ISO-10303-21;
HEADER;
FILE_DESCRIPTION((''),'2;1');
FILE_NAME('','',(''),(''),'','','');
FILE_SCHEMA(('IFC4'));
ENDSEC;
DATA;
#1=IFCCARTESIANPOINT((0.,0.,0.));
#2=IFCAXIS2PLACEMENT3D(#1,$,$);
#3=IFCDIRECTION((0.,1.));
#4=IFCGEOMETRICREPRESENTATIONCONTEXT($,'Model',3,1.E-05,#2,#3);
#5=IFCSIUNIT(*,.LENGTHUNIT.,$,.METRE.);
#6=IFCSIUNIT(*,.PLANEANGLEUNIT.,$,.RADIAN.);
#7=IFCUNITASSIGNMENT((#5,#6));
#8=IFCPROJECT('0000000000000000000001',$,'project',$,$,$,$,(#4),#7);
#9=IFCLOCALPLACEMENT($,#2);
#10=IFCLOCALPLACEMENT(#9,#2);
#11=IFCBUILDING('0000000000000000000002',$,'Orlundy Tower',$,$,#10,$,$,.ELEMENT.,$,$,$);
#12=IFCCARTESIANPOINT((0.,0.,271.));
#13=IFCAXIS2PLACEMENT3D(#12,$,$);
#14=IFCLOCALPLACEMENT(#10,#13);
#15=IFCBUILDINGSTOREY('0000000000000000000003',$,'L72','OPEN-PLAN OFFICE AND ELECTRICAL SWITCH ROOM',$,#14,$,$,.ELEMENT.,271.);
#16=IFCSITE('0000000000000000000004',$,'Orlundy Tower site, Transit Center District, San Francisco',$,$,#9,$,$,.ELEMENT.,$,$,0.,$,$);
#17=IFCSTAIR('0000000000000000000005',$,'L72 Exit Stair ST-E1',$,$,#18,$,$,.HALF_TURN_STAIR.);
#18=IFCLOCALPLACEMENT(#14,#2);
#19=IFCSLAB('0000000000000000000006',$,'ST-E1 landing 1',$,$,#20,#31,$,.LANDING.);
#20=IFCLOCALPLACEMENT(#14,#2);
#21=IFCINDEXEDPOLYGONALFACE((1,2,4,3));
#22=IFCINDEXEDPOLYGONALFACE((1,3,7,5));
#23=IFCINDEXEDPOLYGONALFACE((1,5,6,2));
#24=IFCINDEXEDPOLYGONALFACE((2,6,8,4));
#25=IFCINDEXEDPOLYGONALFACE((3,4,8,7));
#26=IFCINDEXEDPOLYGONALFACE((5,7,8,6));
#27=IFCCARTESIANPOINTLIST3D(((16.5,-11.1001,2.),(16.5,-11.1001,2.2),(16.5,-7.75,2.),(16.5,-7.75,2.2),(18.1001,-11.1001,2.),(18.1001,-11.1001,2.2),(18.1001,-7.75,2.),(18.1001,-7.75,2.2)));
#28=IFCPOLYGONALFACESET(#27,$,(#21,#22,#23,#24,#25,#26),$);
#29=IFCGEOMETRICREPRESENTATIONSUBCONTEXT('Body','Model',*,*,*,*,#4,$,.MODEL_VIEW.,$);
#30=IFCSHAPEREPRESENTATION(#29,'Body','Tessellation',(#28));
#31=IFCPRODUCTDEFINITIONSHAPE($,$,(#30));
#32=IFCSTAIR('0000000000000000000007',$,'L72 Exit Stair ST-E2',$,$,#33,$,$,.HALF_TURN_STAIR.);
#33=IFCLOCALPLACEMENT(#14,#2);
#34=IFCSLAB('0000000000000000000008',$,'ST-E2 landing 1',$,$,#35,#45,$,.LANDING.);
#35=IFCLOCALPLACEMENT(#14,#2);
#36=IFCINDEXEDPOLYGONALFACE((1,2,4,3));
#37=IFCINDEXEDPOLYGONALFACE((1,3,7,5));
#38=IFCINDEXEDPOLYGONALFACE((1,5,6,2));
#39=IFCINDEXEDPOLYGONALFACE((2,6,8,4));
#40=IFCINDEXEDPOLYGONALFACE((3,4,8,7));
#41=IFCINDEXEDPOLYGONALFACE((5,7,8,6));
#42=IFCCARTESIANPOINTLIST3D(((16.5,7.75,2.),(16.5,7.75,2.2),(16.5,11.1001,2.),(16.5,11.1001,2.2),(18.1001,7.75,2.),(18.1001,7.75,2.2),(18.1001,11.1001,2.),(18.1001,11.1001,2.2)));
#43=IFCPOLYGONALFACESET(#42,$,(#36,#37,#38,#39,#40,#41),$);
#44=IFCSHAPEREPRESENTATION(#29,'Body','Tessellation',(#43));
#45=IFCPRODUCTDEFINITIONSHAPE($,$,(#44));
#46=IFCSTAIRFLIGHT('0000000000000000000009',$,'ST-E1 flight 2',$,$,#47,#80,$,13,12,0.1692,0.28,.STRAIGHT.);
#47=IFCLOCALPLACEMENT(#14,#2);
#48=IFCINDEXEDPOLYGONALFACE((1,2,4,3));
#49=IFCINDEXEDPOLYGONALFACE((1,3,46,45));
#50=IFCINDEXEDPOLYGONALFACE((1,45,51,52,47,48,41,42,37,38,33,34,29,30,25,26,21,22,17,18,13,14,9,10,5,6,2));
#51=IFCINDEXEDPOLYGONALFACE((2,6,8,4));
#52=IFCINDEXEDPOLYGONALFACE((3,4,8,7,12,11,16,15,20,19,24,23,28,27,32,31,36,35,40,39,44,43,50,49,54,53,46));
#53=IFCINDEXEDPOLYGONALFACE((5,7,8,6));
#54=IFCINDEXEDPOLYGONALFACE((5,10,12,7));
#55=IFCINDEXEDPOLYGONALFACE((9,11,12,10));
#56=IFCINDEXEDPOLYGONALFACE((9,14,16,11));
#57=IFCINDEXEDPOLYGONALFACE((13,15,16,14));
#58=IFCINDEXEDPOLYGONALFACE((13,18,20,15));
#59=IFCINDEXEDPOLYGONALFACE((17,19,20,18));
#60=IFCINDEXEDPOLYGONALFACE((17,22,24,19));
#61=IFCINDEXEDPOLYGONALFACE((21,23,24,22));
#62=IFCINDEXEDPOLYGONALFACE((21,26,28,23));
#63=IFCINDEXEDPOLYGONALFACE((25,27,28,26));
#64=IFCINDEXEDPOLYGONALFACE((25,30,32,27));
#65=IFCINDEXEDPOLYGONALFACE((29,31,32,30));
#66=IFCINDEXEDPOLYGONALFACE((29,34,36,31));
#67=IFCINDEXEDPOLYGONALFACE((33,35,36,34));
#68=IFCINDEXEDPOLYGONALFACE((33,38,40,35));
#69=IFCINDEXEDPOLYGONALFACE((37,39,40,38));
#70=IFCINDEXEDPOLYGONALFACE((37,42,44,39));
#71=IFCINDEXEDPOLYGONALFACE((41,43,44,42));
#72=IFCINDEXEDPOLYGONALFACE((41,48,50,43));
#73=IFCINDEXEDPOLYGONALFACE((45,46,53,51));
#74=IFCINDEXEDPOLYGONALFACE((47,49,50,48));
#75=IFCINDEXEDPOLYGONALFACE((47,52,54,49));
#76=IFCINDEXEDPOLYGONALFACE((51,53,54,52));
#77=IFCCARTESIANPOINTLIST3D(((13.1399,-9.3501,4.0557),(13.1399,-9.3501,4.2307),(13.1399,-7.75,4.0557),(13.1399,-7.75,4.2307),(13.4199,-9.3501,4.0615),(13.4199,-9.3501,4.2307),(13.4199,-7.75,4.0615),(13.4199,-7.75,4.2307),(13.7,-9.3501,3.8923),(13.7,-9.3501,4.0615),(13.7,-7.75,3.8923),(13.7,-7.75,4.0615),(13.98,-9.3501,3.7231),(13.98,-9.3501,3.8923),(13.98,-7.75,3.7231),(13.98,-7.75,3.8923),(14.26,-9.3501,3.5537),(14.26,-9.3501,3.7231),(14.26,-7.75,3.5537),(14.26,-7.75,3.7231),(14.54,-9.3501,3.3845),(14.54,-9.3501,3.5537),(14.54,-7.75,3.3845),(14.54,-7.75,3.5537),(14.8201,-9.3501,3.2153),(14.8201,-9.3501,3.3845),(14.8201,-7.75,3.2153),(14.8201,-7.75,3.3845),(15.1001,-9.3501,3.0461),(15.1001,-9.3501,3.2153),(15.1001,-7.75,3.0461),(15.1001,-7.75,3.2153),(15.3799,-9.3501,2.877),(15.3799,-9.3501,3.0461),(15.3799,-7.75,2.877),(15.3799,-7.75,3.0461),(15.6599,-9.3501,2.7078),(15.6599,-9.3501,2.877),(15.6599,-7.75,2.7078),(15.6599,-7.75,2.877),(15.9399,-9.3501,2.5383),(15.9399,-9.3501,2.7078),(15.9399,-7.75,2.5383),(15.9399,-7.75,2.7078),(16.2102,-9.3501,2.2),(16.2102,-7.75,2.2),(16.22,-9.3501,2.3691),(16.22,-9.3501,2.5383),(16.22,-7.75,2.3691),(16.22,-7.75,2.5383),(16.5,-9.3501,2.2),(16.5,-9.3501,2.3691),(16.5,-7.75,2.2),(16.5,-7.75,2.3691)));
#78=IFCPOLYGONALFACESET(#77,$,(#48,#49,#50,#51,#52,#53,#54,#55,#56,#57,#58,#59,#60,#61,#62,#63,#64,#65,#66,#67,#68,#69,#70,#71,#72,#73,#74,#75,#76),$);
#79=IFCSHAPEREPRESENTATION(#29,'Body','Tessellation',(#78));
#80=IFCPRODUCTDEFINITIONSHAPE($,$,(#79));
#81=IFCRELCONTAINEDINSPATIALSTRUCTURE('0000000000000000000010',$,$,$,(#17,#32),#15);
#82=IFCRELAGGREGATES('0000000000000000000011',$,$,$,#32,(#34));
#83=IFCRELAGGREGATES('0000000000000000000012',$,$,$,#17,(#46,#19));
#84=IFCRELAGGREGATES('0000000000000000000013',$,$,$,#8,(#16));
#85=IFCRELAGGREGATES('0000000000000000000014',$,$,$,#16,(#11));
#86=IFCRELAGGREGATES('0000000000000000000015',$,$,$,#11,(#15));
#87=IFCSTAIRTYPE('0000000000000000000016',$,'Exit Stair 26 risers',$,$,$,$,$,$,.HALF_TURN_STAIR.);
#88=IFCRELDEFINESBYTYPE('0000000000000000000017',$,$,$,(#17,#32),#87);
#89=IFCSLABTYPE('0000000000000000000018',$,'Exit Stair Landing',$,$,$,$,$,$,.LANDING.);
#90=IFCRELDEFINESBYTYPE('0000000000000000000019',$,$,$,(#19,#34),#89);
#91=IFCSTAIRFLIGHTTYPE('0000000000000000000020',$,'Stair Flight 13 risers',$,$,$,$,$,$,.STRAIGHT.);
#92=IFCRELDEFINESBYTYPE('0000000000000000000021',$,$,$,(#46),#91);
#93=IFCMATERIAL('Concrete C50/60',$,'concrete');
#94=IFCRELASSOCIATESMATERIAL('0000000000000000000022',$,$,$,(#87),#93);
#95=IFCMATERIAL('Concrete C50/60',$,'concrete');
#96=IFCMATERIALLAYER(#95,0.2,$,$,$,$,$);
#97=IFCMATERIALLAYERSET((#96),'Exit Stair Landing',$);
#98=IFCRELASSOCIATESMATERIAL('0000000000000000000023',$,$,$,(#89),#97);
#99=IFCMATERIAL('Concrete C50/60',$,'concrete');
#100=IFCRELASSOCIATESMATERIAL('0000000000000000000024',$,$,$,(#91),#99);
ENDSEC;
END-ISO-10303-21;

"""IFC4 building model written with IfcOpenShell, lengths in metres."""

from ifc_helpers import new_model, si_unit, direction, frame, origin, place, context, subcontext, project, spatial, polyline, outline, extrude, material, layer, layer_set, type_object, element, aggregate, save


model = new_model("IFC4")

# Units and contexts
model_context = context("Model", 3, precision=1e-05, world=origin(), true_north=direction((0.0, 1.0)))
body_context = subcontext(model_context, "Body", "Model", "MODEL_VIEW")
ifc_project = project(units=[si_unit("LENGTHUNIT", "METRE"), si_unit("PLANEANGLEUNIT", "RADIAN")], contexts=[model_context])

# Site, building, storey
site_placement = place(None, origin())
site = spatial("IfcSite", under=ifc_project, at=site_placement, Name="Orlundy Tower site, Transit Center District, San Francisco", CompositionType="ELEMENT", RefElevation=0.0)
building_placement = place(site_placement, origin())
building = spatial("IfcBuilding", under=site, at=building_placement, Name="Orlundy Tower", CompositionType="ELEMENT")
storey_placement = place(building_placement, frame((0.0, 0.0, 271.0)))
storey = spatial("IfcBuildingStorey", under=building, at=storey_placement, Name="L72", Description="OPEN-PLAN OFFICE AND ELECTRICAL SWITCH ROOM", CompositionType="ELEMENT", Elevation=271.0)

# Stairs, slabs
ifc_material_1 = material(Name="Concrete C50/60", Category="concrete")
stair_type = type_object("IfcStairType", Name="Exit Stair 26 risers", PredefinedType="HALF_TURN_STAIR", material=ifc_material_1)
ifc_material_2 = material(Name="Concrete C50/60", Category="concrete")
ifc_layer = layer(ifc_material_2, 0.2)
ifc_layer_set = layer_set([ifc_layer], Name="Exit Stair Landing")
slab_type = type_object("IfcSlabType", Name="Exit Stair Landing", PredefinedType="LANDING", material=ifc_layer_set)
stair_1_placement = place(storey_placement, origin())
stair_1 = element("IfcStair", 1, at=stair_1_placement, inside=storey, type_object=stair_type, Name="L72 Exit Stair ST-E1", PredefinedType="HALF_TURN_STAIR")
slab_1_placement = place(storey_placement, frame((0.0, 0.0, 2.0)))
slab_1 = element("IfcSlab", 2, at=slab_1_placement, type_object=slab_type, Name="ST-E1 landing 1", PredefinedType="LANDING", context=body_context, shape_type="SweptSolid", body=[
    extrude(outline(polyline([(16.5, -11.1001), (18.1001, -11.1001), (18.1001, -7.75), (16.5, -7.75), (16.5, -11.1001)])), origin(), (0.0, 0.0, 1.0), 0.2),
])
stair_2_placement = place(storey_placement, origin())
stair_2 = element("IfcStair", 3, at=stair_2_placement, inside=storey, type_object=stair_type, Name="L72 Exit Stair ST-E2", PredefinedType="HALF_TURN_STAIR")
slab_2_placement = place(storey_placement, frame((0.0, 0.0, 2.0)))
slab_2 = element("IfcSlab", 4, at=slab_2_placement, type_object=slab_type, Name="ST-E2 landing 1", PredefinedType="LANDING", context=body_context, shape_type="SweptSolid", body=[
    extrude(outline(polyline([(16.5, 7.75), (18.1001, 7.75), (18.1001, 11.1001), (16.5, 11.1001), (16.5, 7.75)])), origin(), (0.0, 0.0, 1.0), 0.2),
])
aggregate(stair_2, [slab_2])

# Stair flight
ifc_material_3 = material(Name="Concrete C50/60", Category="concrete")
stair_flight_type = type_object("IfcStairFlightType", Name="Stair Flight 13 risers", PredefinedType="STRAIGHT", material=ifc_material_3)
stair_flight_placement = place(storey_placement, frame((16.5, -8.55, 2.2), z_axis=(0.0, 0.0, 1.0), x_axis=(-1.0, 0.0, 0.0)))
stair_flight = element("IfcStairFlight", 5, at=stair_flight_placement, type_object=stair_flight_type, Name="ST-E1 flight 2", NumberOfRisers=13, NumberOfTreads=12, PredefinedType="STRAIGHT", RiserHeight=0.1692, TreadLength=0.28, context=body_context, shape_type="SweptSolid", body=[
    extrude(outline(polyline([(0.0, 0.0), (0.0, 0.1692), (0.28, 0.1692), (0.28, 0.3384), (0.5601, 0.3384), (0.5601, 0.5078), (0.8401, 0.5078), (0.8401, 0.677), (1.1201, 0.677), (1.1201, 0.8462), (1.3999, 0.8462), (1.3999, 1.0154), (1.6799, 1.0154), (1.6799, 1.1846), (1.96, 1.1846), (1.96, 1.3538), (2.24, 1.3538), (2.24, 1.5232), (2.52, 1.5232), (2.52, 1.6924), (2.8, 1.6924), (2.8, 1.8616), (3.0801, 1.8616), (3.0801, 2.0308), (3.3601, 2.0308), (3.3601, 2.2), (3.3601, 1.8557), (0.2898, 0.0), (0.0, 0.0)])), frame((0.0, 0.8, 0.0), z_axis=(0.0, -1.0, 0.0), x_axis=(1.0, 0.0, 0.0)), (0.0, 0.0, 1.0), 1.6001),
])
aggregate(stair_1, [stair_flight, slab_1])

save(model, "model.ifc")
